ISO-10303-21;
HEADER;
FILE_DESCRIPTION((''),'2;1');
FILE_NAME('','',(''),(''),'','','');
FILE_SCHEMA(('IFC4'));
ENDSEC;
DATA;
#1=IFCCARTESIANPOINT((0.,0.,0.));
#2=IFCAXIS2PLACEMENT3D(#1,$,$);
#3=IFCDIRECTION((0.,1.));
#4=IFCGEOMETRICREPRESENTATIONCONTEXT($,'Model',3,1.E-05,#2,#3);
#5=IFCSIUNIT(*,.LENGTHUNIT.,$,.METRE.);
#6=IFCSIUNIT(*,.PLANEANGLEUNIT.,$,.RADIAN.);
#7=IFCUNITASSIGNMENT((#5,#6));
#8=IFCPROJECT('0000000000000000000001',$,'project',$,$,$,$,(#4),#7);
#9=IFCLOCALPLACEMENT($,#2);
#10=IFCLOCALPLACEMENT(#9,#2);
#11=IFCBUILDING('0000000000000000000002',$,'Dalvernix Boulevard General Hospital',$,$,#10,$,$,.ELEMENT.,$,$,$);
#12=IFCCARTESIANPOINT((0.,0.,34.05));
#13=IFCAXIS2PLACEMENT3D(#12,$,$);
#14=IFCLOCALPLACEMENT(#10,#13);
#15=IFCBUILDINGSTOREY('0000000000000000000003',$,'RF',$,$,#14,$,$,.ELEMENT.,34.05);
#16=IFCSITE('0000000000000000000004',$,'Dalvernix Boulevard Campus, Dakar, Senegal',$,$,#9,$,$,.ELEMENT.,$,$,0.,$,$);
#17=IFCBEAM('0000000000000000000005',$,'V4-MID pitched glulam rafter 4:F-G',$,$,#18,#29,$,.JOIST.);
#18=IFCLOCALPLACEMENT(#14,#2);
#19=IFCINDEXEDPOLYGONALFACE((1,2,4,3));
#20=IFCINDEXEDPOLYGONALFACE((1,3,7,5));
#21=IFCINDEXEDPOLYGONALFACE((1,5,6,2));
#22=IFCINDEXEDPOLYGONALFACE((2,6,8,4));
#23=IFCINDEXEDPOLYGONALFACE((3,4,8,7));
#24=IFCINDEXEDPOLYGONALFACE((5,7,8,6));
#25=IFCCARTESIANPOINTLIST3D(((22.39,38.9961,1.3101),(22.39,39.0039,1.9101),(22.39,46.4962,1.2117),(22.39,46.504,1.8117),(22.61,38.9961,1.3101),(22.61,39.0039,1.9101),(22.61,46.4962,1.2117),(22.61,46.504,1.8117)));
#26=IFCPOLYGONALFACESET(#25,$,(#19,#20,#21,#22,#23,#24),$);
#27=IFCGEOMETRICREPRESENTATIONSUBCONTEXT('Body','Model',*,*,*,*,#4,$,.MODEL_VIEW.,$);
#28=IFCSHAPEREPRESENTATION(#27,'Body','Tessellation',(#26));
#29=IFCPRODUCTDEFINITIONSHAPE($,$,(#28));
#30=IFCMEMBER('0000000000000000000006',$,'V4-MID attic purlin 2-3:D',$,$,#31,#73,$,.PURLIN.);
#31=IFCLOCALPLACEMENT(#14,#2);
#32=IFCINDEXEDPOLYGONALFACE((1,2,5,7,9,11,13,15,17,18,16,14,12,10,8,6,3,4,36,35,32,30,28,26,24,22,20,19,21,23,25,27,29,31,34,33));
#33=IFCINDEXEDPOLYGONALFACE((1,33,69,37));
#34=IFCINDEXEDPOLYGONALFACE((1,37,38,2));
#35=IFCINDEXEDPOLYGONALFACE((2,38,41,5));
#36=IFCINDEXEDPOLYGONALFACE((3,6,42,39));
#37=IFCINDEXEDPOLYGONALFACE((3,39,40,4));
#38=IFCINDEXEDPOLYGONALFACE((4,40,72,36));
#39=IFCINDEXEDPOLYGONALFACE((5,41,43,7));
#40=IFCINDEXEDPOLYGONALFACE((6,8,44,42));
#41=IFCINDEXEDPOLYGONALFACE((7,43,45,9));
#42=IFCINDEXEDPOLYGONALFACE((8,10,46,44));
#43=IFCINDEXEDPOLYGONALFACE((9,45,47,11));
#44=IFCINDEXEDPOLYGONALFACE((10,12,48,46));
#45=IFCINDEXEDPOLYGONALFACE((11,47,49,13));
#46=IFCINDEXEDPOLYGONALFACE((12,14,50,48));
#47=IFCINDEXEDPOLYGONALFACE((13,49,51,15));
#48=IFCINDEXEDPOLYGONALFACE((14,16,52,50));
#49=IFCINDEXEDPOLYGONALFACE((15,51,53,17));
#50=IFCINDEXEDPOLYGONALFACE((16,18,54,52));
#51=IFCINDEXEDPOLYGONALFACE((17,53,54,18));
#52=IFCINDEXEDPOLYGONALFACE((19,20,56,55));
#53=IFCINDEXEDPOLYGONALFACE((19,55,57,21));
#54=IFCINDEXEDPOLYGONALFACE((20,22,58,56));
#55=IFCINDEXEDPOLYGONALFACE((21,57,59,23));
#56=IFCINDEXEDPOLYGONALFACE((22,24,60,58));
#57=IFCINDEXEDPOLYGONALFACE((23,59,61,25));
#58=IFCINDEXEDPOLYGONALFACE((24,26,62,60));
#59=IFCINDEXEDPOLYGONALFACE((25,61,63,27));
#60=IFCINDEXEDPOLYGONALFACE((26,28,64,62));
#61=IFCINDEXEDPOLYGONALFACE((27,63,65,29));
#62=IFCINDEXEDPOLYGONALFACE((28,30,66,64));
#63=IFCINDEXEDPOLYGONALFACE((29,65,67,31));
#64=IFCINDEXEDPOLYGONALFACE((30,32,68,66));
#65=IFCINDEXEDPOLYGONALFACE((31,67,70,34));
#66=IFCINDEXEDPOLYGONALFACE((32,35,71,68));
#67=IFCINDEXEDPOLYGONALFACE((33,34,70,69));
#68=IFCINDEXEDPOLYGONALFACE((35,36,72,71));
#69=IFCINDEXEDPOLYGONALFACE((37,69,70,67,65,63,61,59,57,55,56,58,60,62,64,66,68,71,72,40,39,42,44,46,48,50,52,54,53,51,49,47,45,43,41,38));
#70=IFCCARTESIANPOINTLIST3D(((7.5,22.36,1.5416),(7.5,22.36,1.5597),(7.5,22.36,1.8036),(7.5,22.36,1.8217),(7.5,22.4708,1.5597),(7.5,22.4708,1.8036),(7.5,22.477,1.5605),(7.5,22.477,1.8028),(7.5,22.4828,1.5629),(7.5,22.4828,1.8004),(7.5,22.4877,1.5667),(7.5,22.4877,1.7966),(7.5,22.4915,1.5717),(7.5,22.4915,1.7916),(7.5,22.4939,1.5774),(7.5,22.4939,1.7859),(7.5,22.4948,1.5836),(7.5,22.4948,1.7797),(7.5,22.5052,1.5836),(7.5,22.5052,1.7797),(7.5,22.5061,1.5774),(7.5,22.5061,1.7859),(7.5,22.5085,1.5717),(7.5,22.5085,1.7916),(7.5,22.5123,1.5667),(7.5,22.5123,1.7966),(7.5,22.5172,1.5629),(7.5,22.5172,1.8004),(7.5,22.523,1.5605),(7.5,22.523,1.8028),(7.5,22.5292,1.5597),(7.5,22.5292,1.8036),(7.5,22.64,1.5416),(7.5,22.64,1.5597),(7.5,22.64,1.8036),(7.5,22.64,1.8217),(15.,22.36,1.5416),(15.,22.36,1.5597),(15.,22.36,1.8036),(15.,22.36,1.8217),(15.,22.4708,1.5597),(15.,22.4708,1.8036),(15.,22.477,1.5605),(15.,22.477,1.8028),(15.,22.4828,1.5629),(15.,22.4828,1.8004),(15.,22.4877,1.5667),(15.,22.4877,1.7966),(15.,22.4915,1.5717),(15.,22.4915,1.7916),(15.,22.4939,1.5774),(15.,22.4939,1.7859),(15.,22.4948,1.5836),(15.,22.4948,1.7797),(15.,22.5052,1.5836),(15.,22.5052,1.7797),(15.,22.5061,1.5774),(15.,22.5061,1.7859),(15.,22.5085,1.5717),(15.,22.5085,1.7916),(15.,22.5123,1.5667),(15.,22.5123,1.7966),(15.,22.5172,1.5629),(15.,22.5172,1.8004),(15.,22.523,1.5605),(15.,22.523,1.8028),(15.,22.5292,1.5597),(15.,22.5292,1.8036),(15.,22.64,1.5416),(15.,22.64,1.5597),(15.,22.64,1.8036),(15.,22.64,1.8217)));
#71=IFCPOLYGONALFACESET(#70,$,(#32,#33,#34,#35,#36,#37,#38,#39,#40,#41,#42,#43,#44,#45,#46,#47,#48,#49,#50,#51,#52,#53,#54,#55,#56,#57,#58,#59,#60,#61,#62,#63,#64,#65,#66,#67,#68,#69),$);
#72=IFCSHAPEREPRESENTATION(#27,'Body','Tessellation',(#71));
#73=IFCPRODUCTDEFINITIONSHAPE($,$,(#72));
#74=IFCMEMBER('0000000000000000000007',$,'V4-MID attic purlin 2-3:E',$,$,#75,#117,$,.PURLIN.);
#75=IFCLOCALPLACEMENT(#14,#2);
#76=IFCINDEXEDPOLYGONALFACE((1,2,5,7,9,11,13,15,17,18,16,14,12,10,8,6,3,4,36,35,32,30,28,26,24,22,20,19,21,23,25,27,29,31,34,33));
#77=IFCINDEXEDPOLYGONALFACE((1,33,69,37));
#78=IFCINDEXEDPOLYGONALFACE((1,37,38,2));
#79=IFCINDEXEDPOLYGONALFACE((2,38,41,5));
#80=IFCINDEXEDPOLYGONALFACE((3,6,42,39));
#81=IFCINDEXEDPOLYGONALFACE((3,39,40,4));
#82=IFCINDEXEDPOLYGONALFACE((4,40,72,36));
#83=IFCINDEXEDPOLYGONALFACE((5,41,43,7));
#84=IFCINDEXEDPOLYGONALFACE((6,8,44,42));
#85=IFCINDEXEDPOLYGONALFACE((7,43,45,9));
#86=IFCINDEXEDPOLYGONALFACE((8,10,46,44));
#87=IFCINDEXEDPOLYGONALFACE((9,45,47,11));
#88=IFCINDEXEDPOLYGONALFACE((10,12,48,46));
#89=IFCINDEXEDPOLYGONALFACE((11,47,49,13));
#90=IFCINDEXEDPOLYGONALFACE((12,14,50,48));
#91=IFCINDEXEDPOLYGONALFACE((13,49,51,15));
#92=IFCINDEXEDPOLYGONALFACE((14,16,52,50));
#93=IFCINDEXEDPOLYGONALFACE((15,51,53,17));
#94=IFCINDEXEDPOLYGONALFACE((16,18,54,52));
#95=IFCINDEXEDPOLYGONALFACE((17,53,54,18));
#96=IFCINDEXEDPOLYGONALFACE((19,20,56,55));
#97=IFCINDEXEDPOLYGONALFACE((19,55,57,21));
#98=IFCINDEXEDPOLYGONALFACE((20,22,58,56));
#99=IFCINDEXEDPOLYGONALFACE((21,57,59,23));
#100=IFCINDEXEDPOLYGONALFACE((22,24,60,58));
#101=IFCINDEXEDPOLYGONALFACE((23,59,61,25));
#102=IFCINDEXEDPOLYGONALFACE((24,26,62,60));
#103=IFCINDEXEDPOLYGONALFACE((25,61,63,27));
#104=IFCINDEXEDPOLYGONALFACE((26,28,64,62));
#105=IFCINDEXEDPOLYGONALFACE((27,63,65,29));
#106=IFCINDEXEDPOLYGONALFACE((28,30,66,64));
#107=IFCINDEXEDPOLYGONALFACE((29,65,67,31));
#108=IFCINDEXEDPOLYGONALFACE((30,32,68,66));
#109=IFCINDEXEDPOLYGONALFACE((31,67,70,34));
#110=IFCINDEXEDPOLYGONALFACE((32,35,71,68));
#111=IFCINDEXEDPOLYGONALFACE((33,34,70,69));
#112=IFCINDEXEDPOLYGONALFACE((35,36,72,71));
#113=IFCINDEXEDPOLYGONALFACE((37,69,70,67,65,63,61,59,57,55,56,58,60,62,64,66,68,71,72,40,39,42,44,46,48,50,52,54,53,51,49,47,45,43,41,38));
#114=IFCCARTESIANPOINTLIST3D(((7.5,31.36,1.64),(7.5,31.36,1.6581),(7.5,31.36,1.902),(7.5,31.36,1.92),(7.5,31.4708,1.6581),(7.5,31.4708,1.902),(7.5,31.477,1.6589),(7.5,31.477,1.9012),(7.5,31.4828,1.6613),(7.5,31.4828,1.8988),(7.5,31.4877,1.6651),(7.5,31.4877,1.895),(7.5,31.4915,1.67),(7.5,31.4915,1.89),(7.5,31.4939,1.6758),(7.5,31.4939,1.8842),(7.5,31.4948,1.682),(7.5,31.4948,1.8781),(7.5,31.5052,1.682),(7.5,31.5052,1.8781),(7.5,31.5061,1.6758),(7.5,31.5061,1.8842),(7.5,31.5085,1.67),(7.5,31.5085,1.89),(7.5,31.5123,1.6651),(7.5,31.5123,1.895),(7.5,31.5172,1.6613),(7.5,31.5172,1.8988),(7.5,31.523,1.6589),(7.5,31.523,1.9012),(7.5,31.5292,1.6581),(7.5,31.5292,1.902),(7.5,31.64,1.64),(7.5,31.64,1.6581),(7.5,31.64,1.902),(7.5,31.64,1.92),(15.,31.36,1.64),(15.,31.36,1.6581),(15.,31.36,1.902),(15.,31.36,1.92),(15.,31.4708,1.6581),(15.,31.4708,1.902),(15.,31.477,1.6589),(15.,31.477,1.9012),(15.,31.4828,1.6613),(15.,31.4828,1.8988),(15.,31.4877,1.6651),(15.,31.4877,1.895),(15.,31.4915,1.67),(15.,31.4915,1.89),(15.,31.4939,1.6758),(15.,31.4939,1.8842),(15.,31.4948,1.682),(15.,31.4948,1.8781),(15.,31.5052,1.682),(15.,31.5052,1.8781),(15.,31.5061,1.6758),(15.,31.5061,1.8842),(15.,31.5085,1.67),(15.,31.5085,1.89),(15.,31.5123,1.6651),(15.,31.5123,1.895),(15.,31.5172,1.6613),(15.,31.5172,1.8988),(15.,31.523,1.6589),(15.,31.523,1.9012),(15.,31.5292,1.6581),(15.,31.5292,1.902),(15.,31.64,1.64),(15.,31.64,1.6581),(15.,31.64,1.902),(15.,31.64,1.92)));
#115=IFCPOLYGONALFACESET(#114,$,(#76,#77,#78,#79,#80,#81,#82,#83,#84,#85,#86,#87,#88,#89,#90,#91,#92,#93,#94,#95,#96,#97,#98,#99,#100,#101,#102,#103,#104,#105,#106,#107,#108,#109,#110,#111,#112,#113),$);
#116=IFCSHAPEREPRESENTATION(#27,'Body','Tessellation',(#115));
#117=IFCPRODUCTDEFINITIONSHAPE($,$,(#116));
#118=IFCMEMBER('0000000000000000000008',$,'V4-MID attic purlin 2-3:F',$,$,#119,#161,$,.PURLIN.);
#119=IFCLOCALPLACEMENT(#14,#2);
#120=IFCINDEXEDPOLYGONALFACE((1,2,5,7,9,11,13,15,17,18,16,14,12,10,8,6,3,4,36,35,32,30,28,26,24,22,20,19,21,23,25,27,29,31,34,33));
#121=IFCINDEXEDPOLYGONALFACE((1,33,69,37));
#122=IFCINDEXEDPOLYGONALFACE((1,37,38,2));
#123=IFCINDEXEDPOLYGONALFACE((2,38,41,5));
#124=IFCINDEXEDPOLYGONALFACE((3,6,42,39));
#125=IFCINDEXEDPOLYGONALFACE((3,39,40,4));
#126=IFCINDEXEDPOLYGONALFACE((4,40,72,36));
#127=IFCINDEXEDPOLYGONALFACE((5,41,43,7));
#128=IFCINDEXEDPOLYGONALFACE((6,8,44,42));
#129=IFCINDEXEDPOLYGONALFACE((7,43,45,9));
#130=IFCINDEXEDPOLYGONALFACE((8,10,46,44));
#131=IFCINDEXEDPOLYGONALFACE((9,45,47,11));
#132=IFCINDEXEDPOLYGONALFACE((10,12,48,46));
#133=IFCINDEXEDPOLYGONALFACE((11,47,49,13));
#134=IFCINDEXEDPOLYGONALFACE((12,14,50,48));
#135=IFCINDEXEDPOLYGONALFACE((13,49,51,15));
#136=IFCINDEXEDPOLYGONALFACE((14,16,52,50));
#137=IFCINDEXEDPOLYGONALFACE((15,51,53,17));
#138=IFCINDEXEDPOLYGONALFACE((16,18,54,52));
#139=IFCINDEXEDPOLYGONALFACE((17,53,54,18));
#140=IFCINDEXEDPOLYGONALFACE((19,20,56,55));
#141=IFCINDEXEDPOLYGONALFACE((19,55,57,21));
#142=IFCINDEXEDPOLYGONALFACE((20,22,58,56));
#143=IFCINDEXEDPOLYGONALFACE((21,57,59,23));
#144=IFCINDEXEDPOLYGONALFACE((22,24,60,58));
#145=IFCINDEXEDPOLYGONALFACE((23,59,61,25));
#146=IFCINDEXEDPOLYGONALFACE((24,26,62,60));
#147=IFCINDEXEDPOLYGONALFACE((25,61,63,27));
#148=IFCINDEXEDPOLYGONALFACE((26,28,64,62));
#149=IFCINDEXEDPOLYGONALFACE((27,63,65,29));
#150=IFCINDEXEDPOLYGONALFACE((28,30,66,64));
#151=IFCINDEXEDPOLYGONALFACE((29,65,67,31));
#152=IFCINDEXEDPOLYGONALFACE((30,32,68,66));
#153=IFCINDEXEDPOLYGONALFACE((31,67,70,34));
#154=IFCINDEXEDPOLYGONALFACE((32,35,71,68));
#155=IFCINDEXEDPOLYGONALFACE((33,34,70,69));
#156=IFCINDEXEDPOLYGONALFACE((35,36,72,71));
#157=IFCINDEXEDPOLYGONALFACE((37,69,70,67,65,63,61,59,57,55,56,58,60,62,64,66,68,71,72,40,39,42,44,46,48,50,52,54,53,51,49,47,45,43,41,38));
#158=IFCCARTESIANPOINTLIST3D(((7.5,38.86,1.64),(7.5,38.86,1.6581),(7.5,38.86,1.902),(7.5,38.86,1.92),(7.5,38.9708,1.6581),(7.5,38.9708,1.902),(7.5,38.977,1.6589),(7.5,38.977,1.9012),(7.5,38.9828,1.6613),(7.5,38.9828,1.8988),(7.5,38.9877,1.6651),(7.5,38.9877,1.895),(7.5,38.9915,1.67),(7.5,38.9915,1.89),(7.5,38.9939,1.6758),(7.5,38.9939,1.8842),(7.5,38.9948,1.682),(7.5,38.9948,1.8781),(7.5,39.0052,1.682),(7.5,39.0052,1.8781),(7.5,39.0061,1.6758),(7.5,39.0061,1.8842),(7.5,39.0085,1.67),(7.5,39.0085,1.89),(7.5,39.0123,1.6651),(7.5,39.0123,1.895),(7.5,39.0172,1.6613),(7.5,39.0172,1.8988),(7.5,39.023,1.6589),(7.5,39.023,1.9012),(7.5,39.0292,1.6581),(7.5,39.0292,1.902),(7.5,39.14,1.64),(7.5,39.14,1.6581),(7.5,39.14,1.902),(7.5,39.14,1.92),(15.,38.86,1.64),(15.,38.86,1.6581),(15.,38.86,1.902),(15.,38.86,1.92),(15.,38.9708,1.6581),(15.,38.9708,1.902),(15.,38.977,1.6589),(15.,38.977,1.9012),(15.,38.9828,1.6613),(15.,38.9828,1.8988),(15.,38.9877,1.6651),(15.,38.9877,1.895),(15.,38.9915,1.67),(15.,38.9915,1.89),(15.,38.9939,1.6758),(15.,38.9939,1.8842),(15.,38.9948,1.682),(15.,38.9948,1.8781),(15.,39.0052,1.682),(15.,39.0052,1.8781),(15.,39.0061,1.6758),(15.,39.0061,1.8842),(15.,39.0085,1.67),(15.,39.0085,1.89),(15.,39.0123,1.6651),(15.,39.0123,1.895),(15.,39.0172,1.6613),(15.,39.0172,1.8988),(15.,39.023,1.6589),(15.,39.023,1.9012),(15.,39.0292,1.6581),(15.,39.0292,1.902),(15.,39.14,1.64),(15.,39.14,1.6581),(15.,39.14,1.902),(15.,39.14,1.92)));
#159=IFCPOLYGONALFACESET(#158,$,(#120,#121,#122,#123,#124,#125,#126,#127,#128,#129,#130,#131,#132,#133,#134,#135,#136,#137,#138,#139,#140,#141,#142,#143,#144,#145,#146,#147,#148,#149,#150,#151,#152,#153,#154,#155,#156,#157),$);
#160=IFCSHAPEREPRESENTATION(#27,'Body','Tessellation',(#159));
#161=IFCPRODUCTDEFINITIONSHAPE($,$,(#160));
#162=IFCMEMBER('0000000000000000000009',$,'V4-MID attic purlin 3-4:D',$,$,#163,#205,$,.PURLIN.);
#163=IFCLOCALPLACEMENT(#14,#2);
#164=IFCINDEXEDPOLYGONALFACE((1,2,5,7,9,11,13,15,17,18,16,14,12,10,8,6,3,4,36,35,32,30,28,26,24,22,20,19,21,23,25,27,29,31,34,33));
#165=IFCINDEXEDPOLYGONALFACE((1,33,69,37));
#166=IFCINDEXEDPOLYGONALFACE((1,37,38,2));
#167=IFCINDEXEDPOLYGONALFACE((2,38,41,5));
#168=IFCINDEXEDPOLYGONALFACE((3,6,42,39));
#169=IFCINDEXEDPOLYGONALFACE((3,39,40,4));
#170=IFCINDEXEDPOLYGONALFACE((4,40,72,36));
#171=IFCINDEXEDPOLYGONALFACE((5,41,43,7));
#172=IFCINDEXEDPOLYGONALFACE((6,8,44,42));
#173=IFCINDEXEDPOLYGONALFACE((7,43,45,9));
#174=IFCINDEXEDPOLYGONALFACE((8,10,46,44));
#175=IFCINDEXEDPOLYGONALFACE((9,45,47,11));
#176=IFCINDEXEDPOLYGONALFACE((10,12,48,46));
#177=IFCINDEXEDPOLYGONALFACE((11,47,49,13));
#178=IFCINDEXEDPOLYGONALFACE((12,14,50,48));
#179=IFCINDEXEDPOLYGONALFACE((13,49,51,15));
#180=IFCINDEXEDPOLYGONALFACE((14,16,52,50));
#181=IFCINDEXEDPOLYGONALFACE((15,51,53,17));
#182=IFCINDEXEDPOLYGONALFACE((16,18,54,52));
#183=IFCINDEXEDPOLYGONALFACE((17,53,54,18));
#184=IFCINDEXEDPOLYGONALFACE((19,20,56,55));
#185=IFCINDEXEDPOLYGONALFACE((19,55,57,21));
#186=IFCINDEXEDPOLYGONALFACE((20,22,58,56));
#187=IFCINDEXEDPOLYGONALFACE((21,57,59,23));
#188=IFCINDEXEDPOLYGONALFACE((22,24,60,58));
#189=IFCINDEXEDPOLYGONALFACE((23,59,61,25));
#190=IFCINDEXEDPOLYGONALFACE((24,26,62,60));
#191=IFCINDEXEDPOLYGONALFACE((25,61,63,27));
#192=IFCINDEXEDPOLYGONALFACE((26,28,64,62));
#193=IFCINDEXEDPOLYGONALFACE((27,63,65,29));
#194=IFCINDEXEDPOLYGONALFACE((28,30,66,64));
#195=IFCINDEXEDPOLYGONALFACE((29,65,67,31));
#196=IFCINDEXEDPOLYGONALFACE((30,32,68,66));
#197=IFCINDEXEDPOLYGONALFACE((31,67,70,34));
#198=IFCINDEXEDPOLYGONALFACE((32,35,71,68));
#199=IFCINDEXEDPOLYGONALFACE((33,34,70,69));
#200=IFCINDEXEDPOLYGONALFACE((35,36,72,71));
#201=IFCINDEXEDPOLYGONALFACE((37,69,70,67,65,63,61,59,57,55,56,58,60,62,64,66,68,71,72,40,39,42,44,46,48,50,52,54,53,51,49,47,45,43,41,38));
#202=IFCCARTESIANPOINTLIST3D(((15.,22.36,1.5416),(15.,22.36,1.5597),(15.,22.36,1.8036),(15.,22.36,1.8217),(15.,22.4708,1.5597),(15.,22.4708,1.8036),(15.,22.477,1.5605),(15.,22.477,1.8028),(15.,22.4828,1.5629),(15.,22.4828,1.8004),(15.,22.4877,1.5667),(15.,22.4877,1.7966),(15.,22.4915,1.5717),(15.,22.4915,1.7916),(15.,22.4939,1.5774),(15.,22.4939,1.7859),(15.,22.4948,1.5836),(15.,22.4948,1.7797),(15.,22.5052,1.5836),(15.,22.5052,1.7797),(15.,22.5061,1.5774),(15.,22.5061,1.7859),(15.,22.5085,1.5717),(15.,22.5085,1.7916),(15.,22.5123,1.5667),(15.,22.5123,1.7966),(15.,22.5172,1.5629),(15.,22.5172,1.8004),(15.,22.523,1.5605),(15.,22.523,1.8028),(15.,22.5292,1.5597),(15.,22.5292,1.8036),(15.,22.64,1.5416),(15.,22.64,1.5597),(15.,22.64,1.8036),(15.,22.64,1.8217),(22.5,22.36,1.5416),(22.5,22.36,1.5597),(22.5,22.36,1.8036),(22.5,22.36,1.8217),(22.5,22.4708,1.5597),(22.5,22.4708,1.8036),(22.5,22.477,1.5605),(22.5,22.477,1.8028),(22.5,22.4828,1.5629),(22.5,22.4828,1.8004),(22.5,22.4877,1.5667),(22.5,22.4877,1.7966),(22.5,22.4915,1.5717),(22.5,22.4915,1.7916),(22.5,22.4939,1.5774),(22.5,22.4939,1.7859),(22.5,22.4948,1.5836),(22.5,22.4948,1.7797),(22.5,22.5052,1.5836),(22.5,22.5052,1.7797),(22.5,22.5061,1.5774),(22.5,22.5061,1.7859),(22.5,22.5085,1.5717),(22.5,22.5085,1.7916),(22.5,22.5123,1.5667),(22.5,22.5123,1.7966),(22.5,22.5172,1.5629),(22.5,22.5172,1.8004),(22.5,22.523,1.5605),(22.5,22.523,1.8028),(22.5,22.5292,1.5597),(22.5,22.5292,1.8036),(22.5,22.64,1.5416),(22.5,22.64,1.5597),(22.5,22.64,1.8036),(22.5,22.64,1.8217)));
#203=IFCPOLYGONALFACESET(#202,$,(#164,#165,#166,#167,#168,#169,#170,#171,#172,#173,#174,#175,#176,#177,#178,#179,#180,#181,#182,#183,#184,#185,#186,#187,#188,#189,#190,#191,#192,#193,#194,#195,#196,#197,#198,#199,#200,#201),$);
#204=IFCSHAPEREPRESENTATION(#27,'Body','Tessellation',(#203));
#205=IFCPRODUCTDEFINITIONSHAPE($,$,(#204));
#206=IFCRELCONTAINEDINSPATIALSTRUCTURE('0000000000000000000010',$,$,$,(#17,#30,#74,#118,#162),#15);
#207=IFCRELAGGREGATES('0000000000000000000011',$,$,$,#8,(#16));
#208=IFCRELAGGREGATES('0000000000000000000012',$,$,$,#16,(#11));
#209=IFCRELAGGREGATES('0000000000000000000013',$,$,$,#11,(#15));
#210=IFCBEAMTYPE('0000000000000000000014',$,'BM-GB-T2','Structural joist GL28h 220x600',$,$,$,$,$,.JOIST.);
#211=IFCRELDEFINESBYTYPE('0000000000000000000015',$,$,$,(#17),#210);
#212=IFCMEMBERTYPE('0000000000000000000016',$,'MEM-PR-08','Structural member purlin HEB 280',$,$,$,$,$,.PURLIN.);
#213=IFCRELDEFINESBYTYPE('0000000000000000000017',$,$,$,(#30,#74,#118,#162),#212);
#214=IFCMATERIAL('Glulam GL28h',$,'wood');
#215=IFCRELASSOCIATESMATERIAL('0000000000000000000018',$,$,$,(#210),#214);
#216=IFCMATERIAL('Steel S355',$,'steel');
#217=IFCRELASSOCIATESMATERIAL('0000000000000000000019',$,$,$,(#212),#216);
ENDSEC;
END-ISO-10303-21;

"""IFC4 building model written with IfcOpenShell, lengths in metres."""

from ifc_helpers import new_model, si_unit, direction, frame, origin, origin_2d, place, context, subcontext, project, spatial, rectangle, i_section, extrude, material, material_profile, profile_set, type_object, element, save


model = new_model("IFC4")

# Units and contexts
model_context = context("Model", 3, precision=1e-05, world=origin(), true_north=direction((0.0, 1.0)))
body_context = subcontext(model_context, "Body", "Model", "MODEL_VIEW")
ifc_project = project(units=[si_unit("LENGTHUNIT", "METRE"), si_unit("PLANEANGLEUNIT", "RADIAN")], contexts=[model_context])

# Site, building, storey
site_placement = place(None, origin())
site = spatial("IfcSite", under=ifc_project, at=site_placement, Name="Dalvernix Boulevard Campus, Dakar, Senegal", CompositionType="ELEMENT", RefElevation=0.0)
building_placement = place(site_placement, origin())
building = spatial("IfcBuilding", under=site, at=building_placement, Name="Dalvernix Boulevard General Hospital", CompositionType="ELEMENT")
storey_placement = place(building_placement, frame((0.0, 0.0, 34.05)))
storey = spatial("IfcBuildingStorey", under=building, at=storey_placement, Name="RF", CompositionType="ELEMENT", Elevation=34.05)

# Shared definitions
ifc_material_1 = material(Name="Steel S355", Category="steel")

# Beam
ifc_material_2 = material(Name="Glulam GL28h", Category="wood")
ifc_material_profile_1 = material_profile(ifc_material_2, rectangle(XDim=0.22, YDim=0.6001, at=origin_2d()), Name="GL28h 220x600")
ifc_profile_set_1 = profile_set([ifc_material_profile_1], Name="Glulam GL28h")
beam_type = type_object("IfcBeamType", Name="BM-GB-T2", Description="Structural joist GL28h 220x600", PredefinedType="JOIST", material=ifc_profile_set_1)
beam_1_placement = place(storey_placement, frame((22.5, 39.0, 1.6101), z_axis=(0.0, 0.999914, -0.013117), x_axis=(-1.0, 0.0, 0.0)))
element("IfcBeam", 1, at=beam_1_placement, inside=storey, type_object=beam_type, Name="V4-MID pitched glulam rafter 4:F-G", PredefinedType="JOIST", context=body_context, shape_type="SweptSolid", body=[
    extrude(rectangle(XDim=0.22, YDim=0.6001, at=origin_2d()), origin(), (0.0, 0.0, 1.0), 7.5007),
])

# Members
ifc_material_profile_2 = material_profile(ifc_material_1, i_section(OverallWidth=0.28, OverallDepth=0.28, WebThickness=0.0105, FlangeThickness=0.0181, FilletRadius=0.0239, at=origin_2d()), Name="HEB 280")
ifc_profile_set_2 = profile_set([ifc_material_profile_2], Name="Steel S355")
member_type = type_object("IfcMemberType", Name="MEM-PR-08", Description="Structural member purlin HEB 280", PredefinedType="PURLIN", material=ifc_profile_set_2)
for number, where, z_axis, x_axis, name in (
    (2, (7.5, 22.5, 1.6816), (1.0, 0.0, 0.0), (0.0, 1.0, 0.0), "V4-MID attic purlin 2-3:D"),
    (3, (7.5, 31.5, 1.78), (1.0, 0.0, 0.0), (0.0, 1.0, 0.0), "V4-MID attic purlin 2-3:E"),
    (4, (7.5, 39.0, 1.78), (1.0, 0.0, 0.0), (0.0, 1.0, 0.0), "V4-MID attic purlin 2-3:F"),
    (5, (15.0, 22.5, 1.6816), (1.0, 0.0, 0.0), (0.0, 1.0, 0.0), "V4-MID attic purlin 3-4:D"),
):
    element("IfcMember", number, at=place(storey_placement, frame(where, z_axis=z_axis, x_axis=x_axis)), inside=storey, type_object=member_type, Name=name, PredefinedType="PURLIN", context=body_context, shape_type="SweptSolid", body=[
        extrude(i_section(OverallWidth=0.28, OverallDepth=0.28, WebThickness=0.0105, FlangeThickness=0.0181, FilletRadius=0.0239, at=origin_2d()), origin(), (0.0, 0.0, 1.0), 7.5),
    ])

save(model, "model.ifc")
